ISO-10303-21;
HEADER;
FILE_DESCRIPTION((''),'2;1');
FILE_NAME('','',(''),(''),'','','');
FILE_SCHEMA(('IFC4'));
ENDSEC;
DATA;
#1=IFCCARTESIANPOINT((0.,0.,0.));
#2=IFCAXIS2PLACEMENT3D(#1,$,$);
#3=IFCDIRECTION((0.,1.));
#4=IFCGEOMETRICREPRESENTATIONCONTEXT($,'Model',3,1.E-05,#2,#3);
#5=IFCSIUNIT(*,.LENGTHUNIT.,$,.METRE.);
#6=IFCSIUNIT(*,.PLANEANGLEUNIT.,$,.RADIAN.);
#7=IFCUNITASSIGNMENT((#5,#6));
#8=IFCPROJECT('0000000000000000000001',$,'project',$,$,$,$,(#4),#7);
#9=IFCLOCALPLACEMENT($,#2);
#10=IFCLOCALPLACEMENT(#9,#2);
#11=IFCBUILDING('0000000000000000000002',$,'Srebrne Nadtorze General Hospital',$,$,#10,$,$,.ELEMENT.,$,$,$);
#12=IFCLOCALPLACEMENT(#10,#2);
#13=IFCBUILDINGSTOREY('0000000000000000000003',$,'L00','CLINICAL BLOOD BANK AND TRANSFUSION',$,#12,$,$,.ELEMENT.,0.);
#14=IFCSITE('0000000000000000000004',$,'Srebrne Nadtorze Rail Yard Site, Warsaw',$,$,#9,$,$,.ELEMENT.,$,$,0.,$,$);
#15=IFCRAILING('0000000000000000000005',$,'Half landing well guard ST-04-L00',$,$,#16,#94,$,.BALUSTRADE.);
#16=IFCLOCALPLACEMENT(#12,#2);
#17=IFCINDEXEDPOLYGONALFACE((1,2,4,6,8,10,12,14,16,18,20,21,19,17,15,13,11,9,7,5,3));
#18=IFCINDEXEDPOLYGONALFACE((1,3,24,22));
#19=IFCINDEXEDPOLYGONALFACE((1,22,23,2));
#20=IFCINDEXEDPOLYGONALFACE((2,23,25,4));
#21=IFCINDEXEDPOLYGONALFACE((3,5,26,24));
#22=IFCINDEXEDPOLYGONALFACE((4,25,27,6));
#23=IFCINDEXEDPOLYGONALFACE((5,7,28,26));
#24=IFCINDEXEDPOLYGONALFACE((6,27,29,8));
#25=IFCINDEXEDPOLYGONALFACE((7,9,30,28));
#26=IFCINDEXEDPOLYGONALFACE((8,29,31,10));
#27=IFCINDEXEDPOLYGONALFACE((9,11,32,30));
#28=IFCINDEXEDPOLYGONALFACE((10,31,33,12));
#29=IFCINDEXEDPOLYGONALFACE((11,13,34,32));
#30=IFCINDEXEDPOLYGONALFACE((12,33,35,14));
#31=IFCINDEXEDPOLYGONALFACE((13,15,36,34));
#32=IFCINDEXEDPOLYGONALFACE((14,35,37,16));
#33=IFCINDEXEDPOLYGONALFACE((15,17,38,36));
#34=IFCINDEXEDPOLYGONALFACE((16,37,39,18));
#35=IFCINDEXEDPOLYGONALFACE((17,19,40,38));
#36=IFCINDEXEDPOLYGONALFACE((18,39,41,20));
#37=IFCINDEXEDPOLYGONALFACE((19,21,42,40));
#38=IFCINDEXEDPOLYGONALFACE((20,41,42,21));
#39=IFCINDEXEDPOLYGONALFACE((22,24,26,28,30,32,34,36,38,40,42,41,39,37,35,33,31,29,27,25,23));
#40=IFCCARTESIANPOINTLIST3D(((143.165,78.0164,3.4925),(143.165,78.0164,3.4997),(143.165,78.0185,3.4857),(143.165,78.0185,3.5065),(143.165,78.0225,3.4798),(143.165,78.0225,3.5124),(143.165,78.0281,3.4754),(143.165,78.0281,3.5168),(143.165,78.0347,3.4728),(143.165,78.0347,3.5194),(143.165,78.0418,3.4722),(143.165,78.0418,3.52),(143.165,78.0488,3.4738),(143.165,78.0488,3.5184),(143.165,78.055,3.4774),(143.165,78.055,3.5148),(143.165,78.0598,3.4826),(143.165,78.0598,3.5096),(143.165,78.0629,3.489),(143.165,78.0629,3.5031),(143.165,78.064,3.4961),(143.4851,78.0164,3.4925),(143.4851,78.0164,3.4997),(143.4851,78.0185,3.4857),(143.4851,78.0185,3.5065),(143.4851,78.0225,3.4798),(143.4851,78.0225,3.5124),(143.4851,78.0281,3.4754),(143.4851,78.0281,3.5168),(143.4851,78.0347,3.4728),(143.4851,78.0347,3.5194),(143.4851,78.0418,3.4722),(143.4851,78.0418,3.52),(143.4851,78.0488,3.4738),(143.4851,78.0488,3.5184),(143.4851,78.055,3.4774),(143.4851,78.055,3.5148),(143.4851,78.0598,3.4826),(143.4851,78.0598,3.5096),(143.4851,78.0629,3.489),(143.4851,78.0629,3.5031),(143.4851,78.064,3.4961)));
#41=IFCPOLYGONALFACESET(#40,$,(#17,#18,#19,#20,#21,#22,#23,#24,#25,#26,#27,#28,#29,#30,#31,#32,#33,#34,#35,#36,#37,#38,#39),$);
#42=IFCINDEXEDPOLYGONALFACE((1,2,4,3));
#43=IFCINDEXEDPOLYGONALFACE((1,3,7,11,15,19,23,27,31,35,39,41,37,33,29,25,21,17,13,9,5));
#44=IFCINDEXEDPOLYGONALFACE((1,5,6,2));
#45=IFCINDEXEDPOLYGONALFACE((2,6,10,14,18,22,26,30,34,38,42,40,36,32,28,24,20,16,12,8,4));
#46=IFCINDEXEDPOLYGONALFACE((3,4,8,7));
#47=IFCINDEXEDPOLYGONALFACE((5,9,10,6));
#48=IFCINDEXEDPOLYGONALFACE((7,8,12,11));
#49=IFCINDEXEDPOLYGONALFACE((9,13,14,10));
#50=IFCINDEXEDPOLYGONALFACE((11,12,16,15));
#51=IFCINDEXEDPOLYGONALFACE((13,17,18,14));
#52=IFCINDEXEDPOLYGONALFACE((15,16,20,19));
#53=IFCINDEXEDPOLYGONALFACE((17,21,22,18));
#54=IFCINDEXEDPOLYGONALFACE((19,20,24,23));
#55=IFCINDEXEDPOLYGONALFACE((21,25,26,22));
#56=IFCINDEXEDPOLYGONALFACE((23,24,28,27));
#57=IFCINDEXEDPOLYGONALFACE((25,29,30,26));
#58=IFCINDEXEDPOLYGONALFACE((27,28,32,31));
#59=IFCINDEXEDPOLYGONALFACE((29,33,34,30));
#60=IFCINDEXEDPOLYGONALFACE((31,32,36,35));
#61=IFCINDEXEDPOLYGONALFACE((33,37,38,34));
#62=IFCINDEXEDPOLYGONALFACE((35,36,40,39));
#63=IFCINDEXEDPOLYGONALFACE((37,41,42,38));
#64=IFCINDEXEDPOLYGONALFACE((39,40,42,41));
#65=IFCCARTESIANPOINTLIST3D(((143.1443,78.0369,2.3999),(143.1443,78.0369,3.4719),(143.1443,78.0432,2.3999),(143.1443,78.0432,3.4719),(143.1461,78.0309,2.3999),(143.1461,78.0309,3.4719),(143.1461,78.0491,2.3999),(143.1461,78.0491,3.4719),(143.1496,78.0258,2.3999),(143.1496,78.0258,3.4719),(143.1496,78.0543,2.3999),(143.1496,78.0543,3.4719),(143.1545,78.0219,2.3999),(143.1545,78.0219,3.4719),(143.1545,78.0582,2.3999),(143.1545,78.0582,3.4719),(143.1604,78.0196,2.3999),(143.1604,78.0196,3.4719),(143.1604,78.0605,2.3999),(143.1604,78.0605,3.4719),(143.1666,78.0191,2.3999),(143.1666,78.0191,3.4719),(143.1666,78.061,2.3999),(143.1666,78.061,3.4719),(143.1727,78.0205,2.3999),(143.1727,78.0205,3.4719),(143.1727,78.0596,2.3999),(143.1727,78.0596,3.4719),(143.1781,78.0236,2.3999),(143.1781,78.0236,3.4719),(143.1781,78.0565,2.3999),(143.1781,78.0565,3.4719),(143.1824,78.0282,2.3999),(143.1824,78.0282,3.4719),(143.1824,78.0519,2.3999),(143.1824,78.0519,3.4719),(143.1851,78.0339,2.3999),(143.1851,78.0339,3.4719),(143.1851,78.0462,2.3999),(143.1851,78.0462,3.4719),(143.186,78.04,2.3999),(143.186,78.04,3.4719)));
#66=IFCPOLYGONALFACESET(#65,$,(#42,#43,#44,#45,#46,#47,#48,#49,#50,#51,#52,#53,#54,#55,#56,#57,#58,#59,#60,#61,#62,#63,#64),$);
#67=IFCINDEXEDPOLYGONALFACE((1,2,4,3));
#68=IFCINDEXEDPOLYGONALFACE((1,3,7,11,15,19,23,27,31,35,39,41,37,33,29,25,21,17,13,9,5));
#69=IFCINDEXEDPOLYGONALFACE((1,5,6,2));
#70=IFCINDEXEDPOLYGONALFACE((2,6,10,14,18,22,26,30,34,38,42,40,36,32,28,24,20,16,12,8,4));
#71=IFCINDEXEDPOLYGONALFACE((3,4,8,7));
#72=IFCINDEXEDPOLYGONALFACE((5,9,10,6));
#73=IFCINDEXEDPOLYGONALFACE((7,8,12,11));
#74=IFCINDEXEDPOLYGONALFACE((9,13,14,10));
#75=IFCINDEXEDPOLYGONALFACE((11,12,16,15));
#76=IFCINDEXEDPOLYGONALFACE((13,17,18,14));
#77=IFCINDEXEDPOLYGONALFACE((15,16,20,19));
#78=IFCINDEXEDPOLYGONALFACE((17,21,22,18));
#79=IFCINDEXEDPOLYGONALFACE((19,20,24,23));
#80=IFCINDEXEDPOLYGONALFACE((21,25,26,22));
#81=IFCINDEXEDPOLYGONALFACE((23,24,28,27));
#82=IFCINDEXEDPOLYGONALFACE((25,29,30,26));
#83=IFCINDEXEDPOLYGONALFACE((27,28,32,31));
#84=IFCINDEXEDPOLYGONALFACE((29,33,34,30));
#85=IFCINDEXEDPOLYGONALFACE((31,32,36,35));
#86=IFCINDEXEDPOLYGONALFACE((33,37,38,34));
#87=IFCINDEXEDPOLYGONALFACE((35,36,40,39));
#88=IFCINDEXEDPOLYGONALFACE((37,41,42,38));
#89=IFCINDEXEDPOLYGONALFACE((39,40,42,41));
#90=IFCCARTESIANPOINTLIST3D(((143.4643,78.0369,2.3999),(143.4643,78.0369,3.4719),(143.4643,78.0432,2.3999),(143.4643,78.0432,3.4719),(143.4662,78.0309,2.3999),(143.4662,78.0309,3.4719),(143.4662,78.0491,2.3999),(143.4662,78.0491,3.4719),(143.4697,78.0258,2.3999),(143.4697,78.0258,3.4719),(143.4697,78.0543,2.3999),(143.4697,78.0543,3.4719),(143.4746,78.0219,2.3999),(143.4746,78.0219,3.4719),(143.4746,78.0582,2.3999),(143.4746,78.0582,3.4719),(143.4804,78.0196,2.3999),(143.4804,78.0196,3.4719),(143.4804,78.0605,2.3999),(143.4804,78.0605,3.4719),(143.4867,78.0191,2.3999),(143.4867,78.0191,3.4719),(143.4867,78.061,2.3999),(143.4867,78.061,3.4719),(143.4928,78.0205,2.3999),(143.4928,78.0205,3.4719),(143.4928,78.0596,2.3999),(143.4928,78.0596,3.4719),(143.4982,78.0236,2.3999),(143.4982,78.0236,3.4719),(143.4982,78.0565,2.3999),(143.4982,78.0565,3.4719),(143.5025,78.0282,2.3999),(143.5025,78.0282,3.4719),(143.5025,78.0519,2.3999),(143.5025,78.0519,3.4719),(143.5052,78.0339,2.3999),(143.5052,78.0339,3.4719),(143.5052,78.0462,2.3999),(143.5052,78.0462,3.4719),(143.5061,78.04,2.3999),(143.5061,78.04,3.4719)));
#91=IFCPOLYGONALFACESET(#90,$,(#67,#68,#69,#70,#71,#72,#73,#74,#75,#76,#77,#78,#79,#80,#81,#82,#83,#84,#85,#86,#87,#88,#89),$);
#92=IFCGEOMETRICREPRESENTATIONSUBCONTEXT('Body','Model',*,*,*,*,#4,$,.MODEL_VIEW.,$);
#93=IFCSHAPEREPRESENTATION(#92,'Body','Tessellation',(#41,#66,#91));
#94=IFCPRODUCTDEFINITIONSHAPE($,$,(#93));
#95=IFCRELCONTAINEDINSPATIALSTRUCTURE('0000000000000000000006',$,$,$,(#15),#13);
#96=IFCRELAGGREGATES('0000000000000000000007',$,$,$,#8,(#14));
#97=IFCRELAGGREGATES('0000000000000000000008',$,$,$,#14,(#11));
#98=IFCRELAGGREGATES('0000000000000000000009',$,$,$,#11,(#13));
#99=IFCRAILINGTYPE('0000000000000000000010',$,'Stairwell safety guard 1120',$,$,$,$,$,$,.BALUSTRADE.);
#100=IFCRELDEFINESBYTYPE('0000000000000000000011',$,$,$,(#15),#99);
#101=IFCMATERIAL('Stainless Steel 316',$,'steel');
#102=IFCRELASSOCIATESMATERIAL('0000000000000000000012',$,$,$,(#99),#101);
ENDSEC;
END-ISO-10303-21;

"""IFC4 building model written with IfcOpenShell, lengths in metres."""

from ifc_helpers import new_model, si_unit, direction, frame, origin, origin_2d, place, context, subcontext, project, spatial, circle, extrude, material, type_object, element, save


model = new_model("IFC4")

# Units and contexts
model_context = context("Model", 3, precision=1e-05, world=origin(), true_north=direction((0.0, 1.0)))
body_context = subcontext(model_context, "Body", "Model", "MODEL_VIEW")
ifc_project = project(units=[si_unit("LENGTHUNIT", "METRE"), si_unit("PLANEANGLEUNIT", "RADIAN")], contexts=[model_context])

# Site, building, storey
site_placement = place(None, origin())
site = spatial("IfcSite", under=ifc_project, at=site_placement, Name="Srebrne Nadtorze Rail Yard Site, Warsaw", CompositionType="ELEMENT", RefElevation=0.0)
building_placement = place(site_placement, origin())
building = spatial("IfcBuilding", under=site, at=building_placement, Name="Srebrne Nadtorze General Hospital", CompositionType="ELEMENT")
storey_placement = place(building_placement, origin())
storey = spatial("IfcBuildingStorey", under=building, at=storey_placement, Name="L00", Description="CLINICAL BLOOD BANK AND TRANSFUSION", CompositionType="ELEMENT", Elevation=0.0)

# Railing
ifc_material_1 = material(Name="Stainless Steel 316", Category="steel")
railing_type_1 = type_object("IfcRailingType", Name="Stairwell safety guard 1120", PredefinedType="BALUSTRADE", material=ifc_material_1)
railing_1_placement = place(storey_placement, frame((143.165, 78.04, 2.3999)))
element("IfcRailing", 1, at=railing_1_placement, inside=storey, type_object=railing_type_1, Name="Half landing well guard ST-04-L00", PredefinedType="BALUSTRADE", context=body_context, shape_type="SweptSolid", body=[
    extrude(circle(Radius=0.0239, at=origin_2d()), frame((0.0, 0.0, 1.0962), z_axis=(1.0, 0.0, 0.0), x_axis=(0.0, 1.0, 0.0)), (0.0, 0.0, 1.0), 0.3201),
    extrude(circle(Radius=0.021, at=origin_2d()), origin(), (0.0, 0.0, 1.0), 1.072),
    extrude(circle(Radius=0.021, at=origin_2d()), frame((0.3201, 0.0, 0.0)), (0.0, 0.0, 1.0), 1.072),
])

save(model, "model.ifc")
